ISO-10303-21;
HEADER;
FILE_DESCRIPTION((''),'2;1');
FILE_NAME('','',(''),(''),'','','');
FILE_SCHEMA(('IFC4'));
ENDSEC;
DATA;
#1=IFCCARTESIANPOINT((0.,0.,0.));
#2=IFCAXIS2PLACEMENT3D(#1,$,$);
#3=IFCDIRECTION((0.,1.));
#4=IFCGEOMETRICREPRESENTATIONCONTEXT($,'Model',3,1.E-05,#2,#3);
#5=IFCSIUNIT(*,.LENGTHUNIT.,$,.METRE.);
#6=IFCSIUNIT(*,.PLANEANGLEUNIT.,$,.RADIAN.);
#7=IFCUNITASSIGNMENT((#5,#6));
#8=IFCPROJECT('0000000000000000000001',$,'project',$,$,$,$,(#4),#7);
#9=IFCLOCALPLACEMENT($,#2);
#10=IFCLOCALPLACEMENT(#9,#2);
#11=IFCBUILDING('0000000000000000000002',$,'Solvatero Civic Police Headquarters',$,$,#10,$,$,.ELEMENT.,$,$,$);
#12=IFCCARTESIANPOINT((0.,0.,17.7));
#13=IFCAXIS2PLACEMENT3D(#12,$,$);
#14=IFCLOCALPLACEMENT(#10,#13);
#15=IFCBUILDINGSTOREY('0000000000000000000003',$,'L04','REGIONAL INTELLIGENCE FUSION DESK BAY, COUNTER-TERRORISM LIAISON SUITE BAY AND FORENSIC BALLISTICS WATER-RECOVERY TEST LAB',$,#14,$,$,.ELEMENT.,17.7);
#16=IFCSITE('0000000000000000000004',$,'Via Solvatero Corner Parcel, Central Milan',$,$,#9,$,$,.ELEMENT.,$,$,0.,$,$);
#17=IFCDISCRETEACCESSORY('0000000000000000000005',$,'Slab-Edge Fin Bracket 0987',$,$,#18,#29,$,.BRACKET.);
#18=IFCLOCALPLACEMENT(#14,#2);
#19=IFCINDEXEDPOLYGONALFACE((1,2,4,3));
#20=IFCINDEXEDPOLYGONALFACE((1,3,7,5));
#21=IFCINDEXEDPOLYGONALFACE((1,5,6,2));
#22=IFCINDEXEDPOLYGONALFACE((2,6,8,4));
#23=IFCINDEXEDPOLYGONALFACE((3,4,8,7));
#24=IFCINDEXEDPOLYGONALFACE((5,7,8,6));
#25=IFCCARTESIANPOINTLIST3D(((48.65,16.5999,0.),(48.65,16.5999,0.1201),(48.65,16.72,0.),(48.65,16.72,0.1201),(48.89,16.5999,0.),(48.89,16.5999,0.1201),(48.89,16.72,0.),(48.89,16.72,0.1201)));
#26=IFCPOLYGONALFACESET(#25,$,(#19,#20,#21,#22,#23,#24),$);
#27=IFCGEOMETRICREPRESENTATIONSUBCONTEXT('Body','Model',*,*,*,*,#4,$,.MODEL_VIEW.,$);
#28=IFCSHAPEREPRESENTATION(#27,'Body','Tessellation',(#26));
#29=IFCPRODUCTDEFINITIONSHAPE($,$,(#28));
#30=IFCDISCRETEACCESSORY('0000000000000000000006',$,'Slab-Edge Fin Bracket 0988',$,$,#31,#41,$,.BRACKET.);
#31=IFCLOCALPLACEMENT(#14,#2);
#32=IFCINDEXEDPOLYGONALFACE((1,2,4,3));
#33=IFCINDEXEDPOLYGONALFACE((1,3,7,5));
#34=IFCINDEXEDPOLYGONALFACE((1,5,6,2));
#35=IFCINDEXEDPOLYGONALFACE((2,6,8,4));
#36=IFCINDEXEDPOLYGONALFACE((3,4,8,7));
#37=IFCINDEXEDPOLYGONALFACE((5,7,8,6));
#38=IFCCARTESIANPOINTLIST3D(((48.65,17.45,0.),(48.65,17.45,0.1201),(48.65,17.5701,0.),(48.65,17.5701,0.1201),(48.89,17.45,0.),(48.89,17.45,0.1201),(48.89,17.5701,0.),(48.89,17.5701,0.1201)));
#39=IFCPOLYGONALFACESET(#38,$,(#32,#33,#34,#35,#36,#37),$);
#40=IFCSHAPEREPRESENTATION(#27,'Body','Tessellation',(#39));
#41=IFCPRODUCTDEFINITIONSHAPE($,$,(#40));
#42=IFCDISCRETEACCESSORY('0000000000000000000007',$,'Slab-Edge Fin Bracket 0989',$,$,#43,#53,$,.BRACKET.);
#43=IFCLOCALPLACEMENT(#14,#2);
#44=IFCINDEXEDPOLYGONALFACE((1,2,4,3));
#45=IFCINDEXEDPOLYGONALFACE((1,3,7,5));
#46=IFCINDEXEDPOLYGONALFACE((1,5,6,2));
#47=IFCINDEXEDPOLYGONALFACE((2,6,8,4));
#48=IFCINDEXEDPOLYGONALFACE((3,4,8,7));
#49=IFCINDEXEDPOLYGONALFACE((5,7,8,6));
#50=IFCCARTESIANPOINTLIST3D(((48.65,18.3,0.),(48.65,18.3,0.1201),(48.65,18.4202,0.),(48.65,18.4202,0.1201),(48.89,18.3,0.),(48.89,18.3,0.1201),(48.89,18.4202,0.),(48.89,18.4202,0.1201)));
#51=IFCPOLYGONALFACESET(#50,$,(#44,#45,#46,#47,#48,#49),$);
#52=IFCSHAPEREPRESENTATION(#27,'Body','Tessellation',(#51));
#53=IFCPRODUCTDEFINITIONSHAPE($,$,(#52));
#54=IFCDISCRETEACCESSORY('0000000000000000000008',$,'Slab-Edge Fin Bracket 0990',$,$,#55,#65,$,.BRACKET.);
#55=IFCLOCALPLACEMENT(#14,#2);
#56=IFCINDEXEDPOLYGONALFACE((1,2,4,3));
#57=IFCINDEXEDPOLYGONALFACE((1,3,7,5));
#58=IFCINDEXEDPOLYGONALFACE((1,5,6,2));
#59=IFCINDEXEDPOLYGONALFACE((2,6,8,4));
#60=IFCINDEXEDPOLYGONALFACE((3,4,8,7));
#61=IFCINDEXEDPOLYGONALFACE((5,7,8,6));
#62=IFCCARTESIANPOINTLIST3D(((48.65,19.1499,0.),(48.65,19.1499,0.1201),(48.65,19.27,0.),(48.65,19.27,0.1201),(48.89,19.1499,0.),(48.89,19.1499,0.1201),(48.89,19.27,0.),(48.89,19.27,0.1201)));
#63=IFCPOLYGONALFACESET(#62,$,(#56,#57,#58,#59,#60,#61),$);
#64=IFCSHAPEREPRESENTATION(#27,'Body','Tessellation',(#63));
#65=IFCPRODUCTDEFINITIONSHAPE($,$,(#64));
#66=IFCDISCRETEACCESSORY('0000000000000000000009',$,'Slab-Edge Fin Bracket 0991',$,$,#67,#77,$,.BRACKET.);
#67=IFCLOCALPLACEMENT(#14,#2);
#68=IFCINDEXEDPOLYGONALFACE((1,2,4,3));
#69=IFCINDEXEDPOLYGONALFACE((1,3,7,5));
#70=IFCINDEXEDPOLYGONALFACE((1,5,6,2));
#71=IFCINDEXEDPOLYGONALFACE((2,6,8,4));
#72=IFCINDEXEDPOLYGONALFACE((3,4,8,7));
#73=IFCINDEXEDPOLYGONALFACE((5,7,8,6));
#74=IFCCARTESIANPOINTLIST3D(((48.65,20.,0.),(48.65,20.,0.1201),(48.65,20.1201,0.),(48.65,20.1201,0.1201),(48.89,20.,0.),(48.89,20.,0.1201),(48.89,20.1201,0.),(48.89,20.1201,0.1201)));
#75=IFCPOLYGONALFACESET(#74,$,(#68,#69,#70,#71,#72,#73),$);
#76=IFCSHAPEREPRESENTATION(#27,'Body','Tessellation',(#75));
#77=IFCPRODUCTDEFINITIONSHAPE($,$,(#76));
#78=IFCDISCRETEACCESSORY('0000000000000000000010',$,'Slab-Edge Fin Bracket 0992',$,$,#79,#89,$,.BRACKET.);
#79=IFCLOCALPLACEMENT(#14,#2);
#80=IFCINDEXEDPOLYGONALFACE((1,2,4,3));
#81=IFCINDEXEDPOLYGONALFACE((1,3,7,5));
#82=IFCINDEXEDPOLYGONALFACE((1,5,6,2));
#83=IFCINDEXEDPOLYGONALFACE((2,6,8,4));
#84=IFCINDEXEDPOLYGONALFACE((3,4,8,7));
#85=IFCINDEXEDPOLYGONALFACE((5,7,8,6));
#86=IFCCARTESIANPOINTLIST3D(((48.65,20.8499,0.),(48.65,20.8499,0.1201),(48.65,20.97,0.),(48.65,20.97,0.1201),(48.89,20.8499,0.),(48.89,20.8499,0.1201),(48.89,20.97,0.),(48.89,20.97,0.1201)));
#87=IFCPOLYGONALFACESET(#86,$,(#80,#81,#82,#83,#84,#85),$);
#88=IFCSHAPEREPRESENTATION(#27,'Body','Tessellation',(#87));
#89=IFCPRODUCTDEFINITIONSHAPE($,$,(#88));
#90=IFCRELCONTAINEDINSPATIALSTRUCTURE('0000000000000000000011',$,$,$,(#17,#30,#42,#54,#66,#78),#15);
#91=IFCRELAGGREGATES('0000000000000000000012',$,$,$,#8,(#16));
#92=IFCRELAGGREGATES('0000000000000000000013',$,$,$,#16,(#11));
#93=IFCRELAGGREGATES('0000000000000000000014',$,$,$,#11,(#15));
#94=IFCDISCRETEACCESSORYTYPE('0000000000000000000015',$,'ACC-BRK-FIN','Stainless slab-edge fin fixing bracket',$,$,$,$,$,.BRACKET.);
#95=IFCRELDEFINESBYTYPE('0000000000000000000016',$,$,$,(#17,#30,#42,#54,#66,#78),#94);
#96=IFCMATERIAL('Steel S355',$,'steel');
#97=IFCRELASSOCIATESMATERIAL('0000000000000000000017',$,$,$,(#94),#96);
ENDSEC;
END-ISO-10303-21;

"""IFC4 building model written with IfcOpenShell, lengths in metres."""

from ifc_helpers import new_model, si_unit, direction, frame, origin, origin_2d, place, context, subcontext, project, spatial, rectangle, extrude, material, type_object, element, save


model = new_model("IFC4")

# Units and contexts
model_context = context("Model", 3, precision=1e-05, world=origin(), true_north=direction((0.0, 1.0)))
body_context = subcontext(model_context, "Body", "Model", "MODEL_VIEW")
ifc_project = project(units=[si_unit("LENGTHUNIT", "METRE"), si_unit("PLANEANGLEUNIT", "RADIAN")], contexts=[model_context])

# Site, building, storey
site_placement = place(None, origin())
site = spatial("IfcSite", under=ifc_project, at=site_placement, Name="Via Solvatero Corner Parcel, Central Milan", CompositionType="ELEMENT", RefElevation=0.0)
building_placement = place(site_placement, origin())
building = spatial("IfcBuilding", under=site, at=building_placement, Name="Solvatero Civic Police Headquarters", CompositionType="ELEMENT")
storey_placement = place(building_placement, frame((0.0, 0.0, 17.7)))
storey = spatial("IfcBuildingStorey", under=building, at=storey_placement, Name="L04", Description="REGIONAL INTELLIGENCE FUSION DESK BAY, COUNTER-TERRORISM LIAISON SUITE BAY AND FORENSIC BALLISTICS WATER-RECOVERY TEST LAB", CompositionType="ELEMENT", Elevation=17.7)

# Discrete accessories
ifc_material_1 = material(Name="Steel S355", Category="steel")
discrete_accessory_type = type_object("IfcDiscreteAccessoryType", Name="ACC-BRK-FIN", Description="Stainless slab-edge fin fixing bracket", PredefinedType="BRACKET", material=ifc_material_1)
for number, where, z_axis, x_axis, name in (
    (1, (48.77, 16.6599, 0.0), (0.0, 0.0, 1.0), (0.0, 1.0, 0.0), "Slab-Edge Fin Bracket 0987"),
    (2, (48.77, 17.51, 0.0), (0.0, 0.0, 1.0), (0.0, 1.0, 0.0), "Slab-Edge Fin Bracket 0988"),
    (3, (48.77, 18.3601, 0.0), (0.0, 0.0, 1.0), (0.0, 1.0, 0.0), "Slab-Edge Fin Bracket 0989"),
    (4, (48.77, 19.21, 0.0), (0.0, 0.0, 1.0), (0.0, 1.0, 0.0), "Slab-Edge Fin Bracket 0990"),
    (5, (48.77, 20.0601, 0.0), (0.0, 0.0, 1.0), (0.0, 1.0, 0.0), "Slab-Edge Fin Bracket 0991"),
    (6, (48.77, 20.9099, 0.0), (0.0, 0.0, 1.0), (0.0, 1.0, 0.0), "Slab-Edge Fin Bracket 0992"),
):
    element("IfcDiscreteAccessory", number, at=place(storey_placement, frame(where, z_axis=z_axis, x_axis=x_axis)), inside=storey, type_object=discrete_accessory_type, Name=name, PredefinedType="BRACKET", context=body_context, shape_type="SweptSolid", body=[
        extrude(rectangle(XDim=0.1201, YDim=0.24, at=origin_2d()), origin(), (0.0, 0.0, 1.0), 0.1201),
    ])

save(model, "model.ifc")
